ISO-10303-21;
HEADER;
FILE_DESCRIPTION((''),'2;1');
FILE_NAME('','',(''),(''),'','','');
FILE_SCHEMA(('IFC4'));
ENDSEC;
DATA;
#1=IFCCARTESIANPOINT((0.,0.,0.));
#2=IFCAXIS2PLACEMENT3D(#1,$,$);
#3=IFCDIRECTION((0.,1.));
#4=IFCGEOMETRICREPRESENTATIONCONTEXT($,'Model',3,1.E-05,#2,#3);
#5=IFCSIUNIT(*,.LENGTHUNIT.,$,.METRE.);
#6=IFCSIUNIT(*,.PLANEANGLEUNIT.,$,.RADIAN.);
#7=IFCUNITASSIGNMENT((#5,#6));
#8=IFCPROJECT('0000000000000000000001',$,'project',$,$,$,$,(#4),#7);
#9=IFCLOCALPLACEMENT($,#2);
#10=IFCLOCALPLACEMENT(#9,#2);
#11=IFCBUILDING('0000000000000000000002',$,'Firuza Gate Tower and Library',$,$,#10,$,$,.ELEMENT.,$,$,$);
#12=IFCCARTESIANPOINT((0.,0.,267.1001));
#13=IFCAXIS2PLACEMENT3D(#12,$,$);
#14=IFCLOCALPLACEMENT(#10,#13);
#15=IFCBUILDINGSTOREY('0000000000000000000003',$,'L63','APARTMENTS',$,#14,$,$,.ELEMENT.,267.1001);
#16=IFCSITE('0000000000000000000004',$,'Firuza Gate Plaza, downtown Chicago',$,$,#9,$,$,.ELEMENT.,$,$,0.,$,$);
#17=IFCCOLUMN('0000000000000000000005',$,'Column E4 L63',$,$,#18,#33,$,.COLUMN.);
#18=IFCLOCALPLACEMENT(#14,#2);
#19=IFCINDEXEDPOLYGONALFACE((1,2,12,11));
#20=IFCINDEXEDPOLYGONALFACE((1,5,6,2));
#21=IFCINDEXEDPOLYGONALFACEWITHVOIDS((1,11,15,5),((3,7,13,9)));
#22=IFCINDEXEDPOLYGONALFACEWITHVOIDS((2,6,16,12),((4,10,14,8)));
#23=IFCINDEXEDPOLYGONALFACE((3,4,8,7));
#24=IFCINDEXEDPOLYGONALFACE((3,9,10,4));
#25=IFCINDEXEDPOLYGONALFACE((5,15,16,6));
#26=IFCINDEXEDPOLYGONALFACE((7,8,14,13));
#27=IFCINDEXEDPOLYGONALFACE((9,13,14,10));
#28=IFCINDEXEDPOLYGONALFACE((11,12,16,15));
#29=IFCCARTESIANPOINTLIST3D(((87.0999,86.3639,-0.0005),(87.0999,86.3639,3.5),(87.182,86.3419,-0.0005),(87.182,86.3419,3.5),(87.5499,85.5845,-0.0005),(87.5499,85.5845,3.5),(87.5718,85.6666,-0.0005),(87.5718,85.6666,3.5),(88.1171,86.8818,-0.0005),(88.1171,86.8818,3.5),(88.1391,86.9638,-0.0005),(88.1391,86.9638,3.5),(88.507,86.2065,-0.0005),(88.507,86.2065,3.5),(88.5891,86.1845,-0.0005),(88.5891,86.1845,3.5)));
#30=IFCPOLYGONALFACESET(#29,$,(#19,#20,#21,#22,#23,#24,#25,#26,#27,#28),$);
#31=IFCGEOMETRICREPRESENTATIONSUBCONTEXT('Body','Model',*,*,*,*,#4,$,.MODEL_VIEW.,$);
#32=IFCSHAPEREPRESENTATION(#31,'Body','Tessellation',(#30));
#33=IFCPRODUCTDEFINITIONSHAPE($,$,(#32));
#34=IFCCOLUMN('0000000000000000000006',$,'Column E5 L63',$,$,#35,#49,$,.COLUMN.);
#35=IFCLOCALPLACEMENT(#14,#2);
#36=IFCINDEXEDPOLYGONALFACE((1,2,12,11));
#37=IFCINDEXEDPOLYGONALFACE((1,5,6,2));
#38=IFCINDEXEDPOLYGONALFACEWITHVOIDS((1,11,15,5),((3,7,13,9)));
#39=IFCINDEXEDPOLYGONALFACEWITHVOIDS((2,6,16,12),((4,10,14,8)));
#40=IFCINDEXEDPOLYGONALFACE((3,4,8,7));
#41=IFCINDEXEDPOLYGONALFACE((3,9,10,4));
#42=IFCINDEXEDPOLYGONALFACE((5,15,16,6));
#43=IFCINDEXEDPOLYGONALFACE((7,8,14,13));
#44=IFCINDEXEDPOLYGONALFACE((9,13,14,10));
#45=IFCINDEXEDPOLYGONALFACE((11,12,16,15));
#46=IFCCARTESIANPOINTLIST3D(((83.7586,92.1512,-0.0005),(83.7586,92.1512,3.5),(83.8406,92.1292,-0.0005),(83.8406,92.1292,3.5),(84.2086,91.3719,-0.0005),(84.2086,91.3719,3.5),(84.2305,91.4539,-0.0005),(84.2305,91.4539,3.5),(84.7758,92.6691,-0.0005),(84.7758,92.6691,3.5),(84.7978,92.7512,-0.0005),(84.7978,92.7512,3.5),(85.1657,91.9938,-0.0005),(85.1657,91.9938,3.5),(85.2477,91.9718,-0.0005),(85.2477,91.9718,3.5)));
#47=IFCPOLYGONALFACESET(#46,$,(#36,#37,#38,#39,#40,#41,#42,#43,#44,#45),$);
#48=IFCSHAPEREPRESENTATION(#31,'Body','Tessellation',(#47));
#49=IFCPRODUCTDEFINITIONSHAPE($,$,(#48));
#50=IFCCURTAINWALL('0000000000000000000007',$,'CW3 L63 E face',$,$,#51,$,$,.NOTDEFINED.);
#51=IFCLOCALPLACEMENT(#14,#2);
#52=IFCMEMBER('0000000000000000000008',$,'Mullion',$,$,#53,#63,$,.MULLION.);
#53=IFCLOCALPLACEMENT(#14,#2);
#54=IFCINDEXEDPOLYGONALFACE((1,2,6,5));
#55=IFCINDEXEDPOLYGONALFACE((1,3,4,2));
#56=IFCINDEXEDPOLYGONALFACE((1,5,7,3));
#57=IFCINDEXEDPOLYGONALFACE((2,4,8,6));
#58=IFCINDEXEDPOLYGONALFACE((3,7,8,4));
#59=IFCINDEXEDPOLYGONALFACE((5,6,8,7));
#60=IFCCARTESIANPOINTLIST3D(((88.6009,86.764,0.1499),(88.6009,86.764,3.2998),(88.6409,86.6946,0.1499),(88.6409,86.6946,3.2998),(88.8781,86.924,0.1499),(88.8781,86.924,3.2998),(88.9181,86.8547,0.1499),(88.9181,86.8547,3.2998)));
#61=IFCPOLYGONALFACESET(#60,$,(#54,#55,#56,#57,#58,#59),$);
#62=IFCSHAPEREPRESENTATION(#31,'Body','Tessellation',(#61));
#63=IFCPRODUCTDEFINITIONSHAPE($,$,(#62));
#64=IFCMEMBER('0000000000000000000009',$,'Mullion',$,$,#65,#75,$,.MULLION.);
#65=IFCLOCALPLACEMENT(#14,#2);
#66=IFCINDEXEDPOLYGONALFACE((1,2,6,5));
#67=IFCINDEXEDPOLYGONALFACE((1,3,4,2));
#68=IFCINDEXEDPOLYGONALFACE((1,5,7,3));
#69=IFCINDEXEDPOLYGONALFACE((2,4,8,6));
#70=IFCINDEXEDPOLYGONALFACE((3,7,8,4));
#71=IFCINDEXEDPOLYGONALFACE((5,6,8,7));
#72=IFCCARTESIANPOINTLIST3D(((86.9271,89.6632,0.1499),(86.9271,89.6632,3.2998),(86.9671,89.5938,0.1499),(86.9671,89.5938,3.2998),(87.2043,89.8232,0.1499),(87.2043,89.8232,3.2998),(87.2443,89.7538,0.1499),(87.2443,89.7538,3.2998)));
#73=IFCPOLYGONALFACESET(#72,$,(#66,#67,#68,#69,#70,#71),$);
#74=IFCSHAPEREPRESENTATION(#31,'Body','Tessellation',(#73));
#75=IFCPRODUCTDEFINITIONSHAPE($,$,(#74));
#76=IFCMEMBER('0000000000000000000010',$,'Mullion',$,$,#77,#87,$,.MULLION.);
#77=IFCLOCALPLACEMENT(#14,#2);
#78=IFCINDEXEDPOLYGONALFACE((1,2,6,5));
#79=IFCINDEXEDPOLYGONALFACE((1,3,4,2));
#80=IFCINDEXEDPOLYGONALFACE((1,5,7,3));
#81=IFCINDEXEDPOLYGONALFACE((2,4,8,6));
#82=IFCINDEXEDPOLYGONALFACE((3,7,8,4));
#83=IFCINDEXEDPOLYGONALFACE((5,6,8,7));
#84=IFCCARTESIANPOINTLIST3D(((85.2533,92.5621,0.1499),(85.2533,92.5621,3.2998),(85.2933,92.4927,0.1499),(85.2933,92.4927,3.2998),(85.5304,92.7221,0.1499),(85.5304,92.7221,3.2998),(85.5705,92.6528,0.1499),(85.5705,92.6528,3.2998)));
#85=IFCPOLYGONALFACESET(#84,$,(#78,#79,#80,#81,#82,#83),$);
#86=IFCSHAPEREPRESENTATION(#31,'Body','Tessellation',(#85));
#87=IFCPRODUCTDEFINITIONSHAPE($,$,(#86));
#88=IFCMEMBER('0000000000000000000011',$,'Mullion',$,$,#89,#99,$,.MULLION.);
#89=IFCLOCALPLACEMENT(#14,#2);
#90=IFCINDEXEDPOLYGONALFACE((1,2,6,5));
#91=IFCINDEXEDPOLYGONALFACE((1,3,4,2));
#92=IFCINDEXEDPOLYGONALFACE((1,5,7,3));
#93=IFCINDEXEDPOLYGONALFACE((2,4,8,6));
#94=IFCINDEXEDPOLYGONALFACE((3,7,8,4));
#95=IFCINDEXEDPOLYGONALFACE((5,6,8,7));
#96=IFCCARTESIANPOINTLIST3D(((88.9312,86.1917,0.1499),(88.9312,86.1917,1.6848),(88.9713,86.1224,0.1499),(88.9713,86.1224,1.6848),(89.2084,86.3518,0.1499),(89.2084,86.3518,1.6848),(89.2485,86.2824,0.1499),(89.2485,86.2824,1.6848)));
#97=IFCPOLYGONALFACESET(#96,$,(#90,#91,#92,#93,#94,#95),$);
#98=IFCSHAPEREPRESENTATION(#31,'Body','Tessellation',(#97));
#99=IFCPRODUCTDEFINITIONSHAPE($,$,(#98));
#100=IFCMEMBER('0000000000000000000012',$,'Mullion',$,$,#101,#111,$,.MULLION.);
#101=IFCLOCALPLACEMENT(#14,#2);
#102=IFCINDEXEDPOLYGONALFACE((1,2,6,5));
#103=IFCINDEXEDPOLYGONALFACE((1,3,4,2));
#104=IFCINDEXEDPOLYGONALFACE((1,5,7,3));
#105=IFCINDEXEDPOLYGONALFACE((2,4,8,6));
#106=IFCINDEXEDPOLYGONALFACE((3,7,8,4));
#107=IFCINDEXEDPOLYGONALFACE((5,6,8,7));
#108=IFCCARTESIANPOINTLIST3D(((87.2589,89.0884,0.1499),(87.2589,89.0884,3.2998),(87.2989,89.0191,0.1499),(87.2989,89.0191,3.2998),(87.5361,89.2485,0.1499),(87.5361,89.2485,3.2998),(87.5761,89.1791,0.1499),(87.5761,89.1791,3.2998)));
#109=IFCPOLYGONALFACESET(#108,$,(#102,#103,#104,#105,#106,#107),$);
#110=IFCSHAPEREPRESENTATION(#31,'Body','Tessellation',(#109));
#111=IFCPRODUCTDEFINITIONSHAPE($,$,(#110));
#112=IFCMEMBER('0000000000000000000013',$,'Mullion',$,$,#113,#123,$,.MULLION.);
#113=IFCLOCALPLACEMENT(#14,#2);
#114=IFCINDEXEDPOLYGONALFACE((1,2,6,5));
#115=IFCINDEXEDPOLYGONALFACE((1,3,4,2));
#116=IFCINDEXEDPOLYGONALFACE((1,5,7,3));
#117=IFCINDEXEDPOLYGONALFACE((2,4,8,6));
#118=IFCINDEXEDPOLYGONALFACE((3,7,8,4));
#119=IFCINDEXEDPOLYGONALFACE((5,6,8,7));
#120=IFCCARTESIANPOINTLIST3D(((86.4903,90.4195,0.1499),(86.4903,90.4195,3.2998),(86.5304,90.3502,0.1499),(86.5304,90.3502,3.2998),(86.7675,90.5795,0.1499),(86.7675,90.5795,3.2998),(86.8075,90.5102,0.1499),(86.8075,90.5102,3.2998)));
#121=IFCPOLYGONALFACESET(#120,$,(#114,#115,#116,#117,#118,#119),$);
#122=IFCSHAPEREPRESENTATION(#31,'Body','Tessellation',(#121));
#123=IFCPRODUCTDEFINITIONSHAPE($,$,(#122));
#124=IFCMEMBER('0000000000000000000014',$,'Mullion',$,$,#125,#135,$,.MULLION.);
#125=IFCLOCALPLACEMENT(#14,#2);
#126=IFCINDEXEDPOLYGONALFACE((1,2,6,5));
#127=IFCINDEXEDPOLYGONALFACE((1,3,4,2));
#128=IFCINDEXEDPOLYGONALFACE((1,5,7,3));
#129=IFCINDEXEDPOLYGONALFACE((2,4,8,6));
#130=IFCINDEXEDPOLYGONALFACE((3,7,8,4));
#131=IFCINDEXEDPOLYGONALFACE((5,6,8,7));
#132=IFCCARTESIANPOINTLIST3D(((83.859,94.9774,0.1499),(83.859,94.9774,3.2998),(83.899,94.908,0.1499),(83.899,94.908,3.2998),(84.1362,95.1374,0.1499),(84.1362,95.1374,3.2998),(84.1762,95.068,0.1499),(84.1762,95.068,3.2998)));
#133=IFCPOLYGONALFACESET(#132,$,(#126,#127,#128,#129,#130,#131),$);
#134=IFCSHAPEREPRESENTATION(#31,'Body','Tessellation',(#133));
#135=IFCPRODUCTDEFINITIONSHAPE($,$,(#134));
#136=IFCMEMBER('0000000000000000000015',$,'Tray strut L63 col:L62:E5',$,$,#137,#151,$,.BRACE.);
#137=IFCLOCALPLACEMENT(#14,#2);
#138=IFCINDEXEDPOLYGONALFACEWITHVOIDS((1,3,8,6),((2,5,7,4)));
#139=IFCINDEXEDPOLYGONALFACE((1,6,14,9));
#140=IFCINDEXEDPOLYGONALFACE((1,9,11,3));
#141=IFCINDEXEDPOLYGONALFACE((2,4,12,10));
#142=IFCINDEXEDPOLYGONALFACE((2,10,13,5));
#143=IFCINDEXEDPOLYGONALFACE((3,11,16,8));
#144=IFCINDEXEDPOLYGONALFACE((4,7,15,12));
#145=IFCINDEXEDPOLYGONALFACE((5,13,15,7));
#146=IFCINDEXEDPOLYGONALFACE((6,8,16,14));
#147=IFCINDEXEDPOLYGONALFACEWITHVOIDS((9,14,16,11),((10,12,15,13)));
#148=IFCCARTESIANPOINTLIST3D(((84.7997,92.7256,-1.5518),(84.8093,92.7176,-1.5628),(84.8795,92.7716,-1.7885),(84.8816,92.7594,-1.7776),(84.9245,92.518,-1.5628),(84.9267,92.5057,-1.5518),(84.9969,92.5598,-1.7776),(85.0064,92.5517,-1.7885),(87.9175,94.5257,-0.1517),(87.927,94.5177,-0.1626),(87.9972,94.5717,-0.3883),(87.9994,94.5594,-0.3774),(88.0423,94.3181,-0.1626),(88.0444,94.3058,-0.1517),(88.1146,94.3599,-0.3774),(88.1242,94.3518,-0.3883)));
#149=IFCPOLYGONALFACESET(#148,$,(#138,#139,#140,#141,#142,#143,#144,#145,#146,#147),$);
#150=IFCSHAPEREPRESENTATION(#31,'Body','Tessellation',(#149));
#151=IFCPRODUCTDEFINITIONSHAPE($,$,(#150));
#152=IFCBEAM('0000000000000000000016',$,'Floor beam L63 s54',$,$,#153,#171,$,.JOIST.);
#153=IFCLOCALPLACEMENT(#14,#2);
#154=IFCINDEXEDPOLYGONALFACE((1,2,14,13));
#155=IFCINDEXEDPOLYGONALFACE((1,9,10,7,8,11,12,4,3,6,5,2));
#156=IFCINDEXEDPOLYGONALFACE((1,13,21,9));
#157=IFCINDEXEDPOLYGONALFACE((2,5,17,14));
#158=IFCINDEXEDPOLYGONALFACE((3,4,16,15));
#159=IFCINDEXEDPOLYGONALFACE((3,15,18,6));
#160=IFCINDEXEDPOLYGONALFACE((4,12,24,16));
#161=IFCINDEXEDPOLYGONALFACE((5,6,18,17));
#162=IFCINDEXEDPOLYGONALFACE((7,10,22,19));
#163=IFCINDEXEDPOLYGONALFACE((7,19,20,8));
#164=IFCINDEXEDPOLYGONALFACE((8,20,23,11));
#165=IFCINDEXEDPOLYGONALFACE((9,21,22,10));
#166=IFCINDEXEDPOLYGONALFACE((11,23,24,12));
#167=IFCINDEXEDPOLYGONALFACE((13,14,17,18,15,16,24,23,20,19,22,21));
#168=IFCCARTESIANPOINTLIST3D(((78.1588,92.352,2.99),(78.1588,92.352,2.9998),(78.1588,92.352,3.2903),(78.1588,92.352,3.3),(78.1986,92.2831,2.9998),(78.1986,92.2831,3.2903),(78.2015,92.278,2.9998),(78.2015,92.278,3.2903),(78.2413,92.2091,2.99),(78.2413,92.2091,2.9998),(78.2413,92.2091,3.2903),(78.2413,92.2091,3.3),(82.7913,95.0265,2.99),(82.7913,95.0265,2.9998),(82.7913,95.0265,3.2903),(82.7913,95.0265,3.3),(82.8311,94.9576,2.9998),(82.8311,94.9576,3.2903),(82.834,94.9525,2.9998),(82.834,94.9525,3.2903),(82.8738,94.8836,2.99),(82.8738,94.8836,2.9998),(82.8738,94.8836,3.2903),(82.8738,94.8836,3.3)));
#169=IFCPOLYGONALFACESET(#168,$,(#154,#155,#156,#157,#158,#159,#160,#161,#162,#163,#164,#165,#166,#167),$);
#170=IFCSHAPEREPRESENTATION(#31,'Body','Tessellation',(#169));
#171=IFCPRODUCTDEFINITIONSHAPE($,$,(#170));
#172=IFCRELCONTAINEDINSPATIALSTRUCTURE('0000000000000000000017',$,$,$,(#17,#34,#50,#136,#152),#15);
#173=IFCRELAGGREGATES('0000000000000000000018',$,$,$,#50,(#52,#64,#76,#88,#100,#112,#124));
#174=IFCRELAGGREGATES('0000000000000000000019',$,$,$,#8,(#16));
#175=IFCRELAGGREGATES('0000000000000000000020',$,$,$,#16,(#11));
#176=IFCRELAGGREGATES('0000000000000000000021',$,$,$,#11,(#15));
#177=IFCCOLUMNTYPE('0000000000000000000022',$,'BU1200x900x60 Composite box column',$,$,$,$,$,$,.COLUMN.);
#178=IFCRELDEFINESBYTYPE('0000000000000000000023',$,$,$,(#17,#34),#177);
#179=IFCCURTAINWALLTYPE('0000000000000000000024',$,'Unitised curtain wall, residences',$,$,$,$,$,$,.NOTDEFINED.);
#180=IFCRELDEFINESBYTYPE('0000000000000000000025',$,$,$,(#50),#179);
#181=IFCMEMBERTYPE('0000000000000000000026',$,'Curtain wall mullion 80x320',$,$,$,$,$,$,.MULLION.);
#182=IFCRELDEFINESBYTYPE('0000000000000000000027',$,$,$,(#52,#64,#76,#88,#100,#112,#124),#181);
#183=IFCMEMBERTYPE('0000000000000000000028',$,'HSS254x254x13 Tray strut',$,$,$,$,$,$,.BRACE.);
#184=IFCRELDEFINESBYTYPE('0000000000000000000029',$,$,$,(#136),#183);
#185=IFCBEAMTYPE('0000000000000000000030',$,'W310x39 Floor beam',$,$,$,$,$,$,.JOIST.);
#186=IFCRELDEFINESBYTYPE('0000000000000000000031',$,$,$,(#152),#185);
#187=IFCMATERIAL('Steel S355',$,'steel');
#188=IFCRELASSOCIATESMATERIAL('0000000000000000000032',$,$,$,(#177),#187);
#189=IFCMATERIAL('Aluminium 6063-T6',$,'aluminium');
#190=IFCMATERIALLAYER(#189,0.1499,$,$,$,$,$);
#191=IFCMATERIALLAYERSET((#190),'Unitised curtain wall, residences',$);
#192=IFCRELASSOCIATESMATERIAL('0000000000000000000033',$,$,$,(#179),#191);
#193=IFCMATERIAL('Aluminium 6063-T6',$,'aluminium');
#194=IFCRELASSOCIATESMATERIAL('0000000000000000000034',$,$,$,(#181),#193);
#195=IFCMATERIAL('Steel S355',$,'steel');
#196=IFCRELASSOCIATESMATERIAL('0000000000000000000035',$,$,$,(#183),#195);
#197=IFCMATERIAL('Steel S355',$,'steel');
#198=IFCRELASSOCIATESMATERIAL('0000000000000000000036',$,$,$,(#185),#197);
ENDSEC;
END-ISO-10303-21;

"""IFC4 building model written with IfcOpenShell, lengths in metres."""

from ifc_helpers import new_model, si_unit, direction, frame, origin, origin_2d, place, context, subcontext, project, spatial, rectangle, hollow_rectangle, i_section, extrude, material, layer, layer_set, material_profile, profile_set, type_object, element, aggregate, save


model = new_model("IFC4")

# Units and contexts
model_context = context("Model", 3, precision=1e-05, world=origin(), true_north=direction((0.0, 1.0)))
body_context = subcontext(model_context, "Body", "Model", "MODEL_VIEW")
ifc_project = project(units=[si_unit("LENGTHUNIT", "METRE"), si_unit("PLANEANGLEUNIT", "RADIAN")], contexts=[model_context])

# Site, building, storey
site_placement = place(None, origin())
site = spatial("IfcSite", under=ifc_project, at=site_placement, Name="Firuza Gate Plaza, downtown Chicago", CompositionType="ELEMENT", RefElevation=0.0)
building_placement = place(site_placement, origin())
building = spatial("IfcBuilding", under=site, at=building_placement, Name="Firuza Gate Tower and Library", CompositionType="ELEMENT")
storey_placement = place(building_placement, frame((0.0, 0.0, 267.1001)))
storey = spatial("IfcBuildingStorey", under=building, at=storey_placement, Name="L63", Description="APARTMENTS", CompositionType="ELEMENT", Elevation=267.1001)

# Columns
ifc_material_1 = material(Name="Steel S355", Category="steel")
ifc_material_profile_1 = material_profile(ifc_material_1, hollow_rectangle(XDim=0.8999, YDim=1.2, WallThickness=0.0601, at=origin_2d()))
ifc_profile_set_1 = profile_set([ifc_material_profile_1], Name="Steel S355")
column_type = type_object("IfcColumnType", Name="BU1200x900x60 Composite box column", PredefinedType="COLUMN", material=ifc_profile_set_1)
for number, where, z_axis, x_axis, name in (
    (1, (87.8445, 86.2742, -0.0005), (0.0, 0.0, 1.0), (-0.5, 0.866025, 0.0), "Column E4 L63"),
    (2, (84.5032, 92.0615, -0.0005), (0.0, 0.0, 1.0), (-0.5, 0.866025, 0.0), "Column E5 L63"),
):
    element("IfcColumn", number, at=place(storey_placement, frame(where, z_axis=z_axis, x_axis=x_axis)), inside=storey, type_object=column_type, Name=name, PredefinedType="COLUMN", context=body_context, shape_type="SweptSolid", body=[
        extrude(hollow_rectangle(XDim=0.8999, YDim=1.2, WallThickness=0.0601, at=origin_2d()), origin(), (0.0, 0.0, 1.0), 3.5005),
    ])

# Curtain wall, members
ifc_material_2 = material(Name="Aluminium 6063-T6", Category="aluminium")
ifc_layer_1 = layer(ifc_material_2, 0.1499)
ifc_layer_set_1 = layer_set([ifc_layer_1], Name="Unitised curtain wall, residences")
curtain_wall_type = type_object("IfcCurtainWallType", Name="Unitised curtain wall, residences", PredefinedType="NOTDEFINED", material=ifc_layer_set_1)
curtain_wall_placement = place(storey_placement, origin())
curtain_wall = element("IfcCurtainWall", 3, at=curtain_wall_placement, inside=storey, type_object=curtain_wall_type, Name="CW3 L63 E face", PredefinedType="NOTDEFINED")
ifc_material_3 = material(Name="Aluminium 6063-T6", Category="aluminium")
ifc_material_profile_2 = material_profile(ifc_material_3, rectangle(XDim=0.3201, YDim=0.0801, at=origin_2d()))
ifc_profile_set_2 = profile_set([ifc_material_profile_2], Name="Aluminium 6063-T6")
member_type_1 = type_object("IfcMemberType", Name="Curtain wall mullion 80x320", PredefinedType="MULLION", material=ifc_profile_set_2)
member_1_placement = place(storey_placement, frame((88.7595, 86.8093, 0.1499), z_axis=(0.0, 0.0, 1.0), x_axis=(-0.866025, -0.5, 0.0)))
member_1 = element("IfcMember", 4, at=member_1_placement, type_object=member_type_1, Name="Mullion", PredefinedType="MULLION", context=body_context, shape_type="SweptSolid", body=[
    extrude(rectangle(XDim=0.3201, YDim=0.0801, at=origin_2d()), origin(), (0.0, 0.0, 1.0), 3.1499),
])
member_2_placement = place(storey_placement, frame((87.0857, 89.7085, 0.1499), z_axis=(0.0, 0.0, 1.0), x_axis=(-0.866025, -0.5, 0.0)))
member_2 = element("IfcMember", 5, at=member_2_placement, type_object=member_type_1, Name="Mullion", PredefinedType="MULLION", context=body_context, shape_type="SweptSolid", body=[
    extrude(rectangle(XDim=0.3201, YDim=0.0801, at=origin_2d()), origin(), (0.0, 0.0, 1.0), 3.1499),
])
member_3_placement = place(storey_placement, frame((85.4119, 92.6074, 0.1499), z_axis=(0.0, 0.0, 1.0), x_axis=(-0.866025, -0.5, 0.0)))
member_3 = element("IfcMember", 6, at=member_3_placement, type_object=member_type_1, Name="Mullion", PredefinedType="MULLION", context=body_context, shape_type="SweptSolid", body=[
    extrude(rectangle(XDim=0.3201, YDim=0.0801, at=origin_2d()), origin(), (0.0, 0.0, 1.0), 3.1499),
])
member_4_placement = place(storey_placement, frame((89.0898, 86.2371, 0.1499), z_axis=(0.0, 0.0, 1.0), x_axis=(-0.866025, -0.5, 0.0)))
member_4 = element("IfcMember", 7, at=member_4_placement, type_object=member_type_1, Name="Mullion", PredefinedType="MULLION", context=body_context, shape_type="SweptSolid", body=[
    extrude(rectangle(XDim=0.3201, YDim=0.0801, at=origin_2d()), origin(), (0.0, 0.0, 1.0), 1.5349),
])
member_5_placement = place(storey_placement, frame((87.4175, 89.1338, 0.1499), z_axis=(0.0, 0.0, 1.0), x_axis=(-0.866025, -0.5, 0.0)))
member_5 = element("IfcMember", 8, at=member_5_placement, type_object=member_type_1, Name="Mullion", PredefinedType="MULLION", context=body_context, shape_type="SweptSolid", body=[
    extrude(rectangle(XDim=0.3201, YDim=0.0801, at=origin_2d()), origin(), (0.0, 0.0, 1.0), 3.1499),
])
member_6_placement = place(storey_placement, frame((86.6489, 90.4648, 0.1499), z_axis=(0.0, 0.0, 1.0), x_axis=(-0.866025, -0.5, 0.0)))
member_6 = element("IfcMember", 9, at=member_6_placement, type_object=member_type_1, Name="Mullion", PredefinedType="MULLION", context=body_context, shape_type="SweptSolid", body=[
    extrude(rectangle(XDim=0.3201, YDim=0.0801, at=origin_2d()), origin(), (0.0, 0.0, 1.0), 3.1499),
])
member_7_placement = place(storey_placement, frame((84.0176, 95.0227, 0.1499), z_axis=(0.0, 0.0, 1.0), x_axis=(-0.866025, -0.5, 0.0)))
member_7 = element("IfcMember", 10, at=member_7_placement, type_object=member_type_1, Name="Mullion", PredefinedType="MULLION", context=body_context, shape_type="SweptSolid", body=[
    extrude(rectangle(XDim=0.3201, YDim=0.0801, at=origin_2d()), origin(), (0.0, 0.0, 1.0), 3.1499),
])

# Member
ifc_material_4 = material(Name="Steel S355", Category="steel")
ifc_material_profile_3 = material_profile(ifc_material_4, hollow_rectangle(XDim=0.2539, YDim=0.2539, WallThickness=0.0117, at=origin_2d()))
ifc_profile_set_3 = profile_set([ifc_material_profile_3], Name="Steel S355")
member_type_2 = type_object("IfcMemberType", Name="HSS254x254x13 Tray strut", PredefinedType="BRACE", material=ifc_profile_set_3)
member_8_placement = place(storey_placement, frame((84.9031, 92.6387, -1.6702), z_axis=(0.807122, 0.466007, 0.362478), x_axis=(-0.500012, 0.866018, 0.0)))
element("IfcMember", 11, at=member_8_placement, inside=storey, type_object=member_type_2, Name="Tray strut L63 col:L62:E5", PredefinedType="BRACE", context=body_context, shape_type="SweptSolid", body=[
    extrude(hollow_rectangle(XDim=0.2539, YDim=0.2539, WallThickness=0.0117, at=origin_2d()), origin(), (0.0, 0.0, 1.0), 3.8628),
])

# Beam
ifc_material_5 = material(Name="Steel S355", Category="steel")
ifc_material_profile_4 = material_profile(ifc_material_5, i_section(OverallWidth=0.165, OverallDepth=0.3101, WebThickness=0.0059, FlangeThickness=0.0098, at=origin_2d()))
ifc_profile_set_4 = profile_set([ifc_material_profile_4], Name="Steel S355")
beam_type_1 = type_object("IfcBeamType", Name="W310x39 Floor beam", PredefinedType="JOIST", material=ifc_profile_set_4)
beam_1_placement = place(storey_placement, frame((82.8325, 94.9551, 3.145), z_axis=(-0.86603, -0.499992, 0.0), x_axis=(0.499992, -0.86603, 0.0)))
element("IfcBeam", 12, at=beam_1_placement, inside=storey, type_object=beam_type_1, Name="Floor beam L63 s54", PredefinedType="JOIST", context=body_context, shape_type="SweptSolid", body=[
    extrude(i_section(OverallWidth=0.165, OverallDepth=0.3101, WebThickness=0.0059, FlangeThickness=0.0098, at=origin_2d()), origin(), (0.0, 0.0, 1.0), 5.3491),
])

aggregate(curtain_wall, [member_1, member_2, member_3, member_4, member_5, member_6, member_7])

save(model, "model.ifc")
